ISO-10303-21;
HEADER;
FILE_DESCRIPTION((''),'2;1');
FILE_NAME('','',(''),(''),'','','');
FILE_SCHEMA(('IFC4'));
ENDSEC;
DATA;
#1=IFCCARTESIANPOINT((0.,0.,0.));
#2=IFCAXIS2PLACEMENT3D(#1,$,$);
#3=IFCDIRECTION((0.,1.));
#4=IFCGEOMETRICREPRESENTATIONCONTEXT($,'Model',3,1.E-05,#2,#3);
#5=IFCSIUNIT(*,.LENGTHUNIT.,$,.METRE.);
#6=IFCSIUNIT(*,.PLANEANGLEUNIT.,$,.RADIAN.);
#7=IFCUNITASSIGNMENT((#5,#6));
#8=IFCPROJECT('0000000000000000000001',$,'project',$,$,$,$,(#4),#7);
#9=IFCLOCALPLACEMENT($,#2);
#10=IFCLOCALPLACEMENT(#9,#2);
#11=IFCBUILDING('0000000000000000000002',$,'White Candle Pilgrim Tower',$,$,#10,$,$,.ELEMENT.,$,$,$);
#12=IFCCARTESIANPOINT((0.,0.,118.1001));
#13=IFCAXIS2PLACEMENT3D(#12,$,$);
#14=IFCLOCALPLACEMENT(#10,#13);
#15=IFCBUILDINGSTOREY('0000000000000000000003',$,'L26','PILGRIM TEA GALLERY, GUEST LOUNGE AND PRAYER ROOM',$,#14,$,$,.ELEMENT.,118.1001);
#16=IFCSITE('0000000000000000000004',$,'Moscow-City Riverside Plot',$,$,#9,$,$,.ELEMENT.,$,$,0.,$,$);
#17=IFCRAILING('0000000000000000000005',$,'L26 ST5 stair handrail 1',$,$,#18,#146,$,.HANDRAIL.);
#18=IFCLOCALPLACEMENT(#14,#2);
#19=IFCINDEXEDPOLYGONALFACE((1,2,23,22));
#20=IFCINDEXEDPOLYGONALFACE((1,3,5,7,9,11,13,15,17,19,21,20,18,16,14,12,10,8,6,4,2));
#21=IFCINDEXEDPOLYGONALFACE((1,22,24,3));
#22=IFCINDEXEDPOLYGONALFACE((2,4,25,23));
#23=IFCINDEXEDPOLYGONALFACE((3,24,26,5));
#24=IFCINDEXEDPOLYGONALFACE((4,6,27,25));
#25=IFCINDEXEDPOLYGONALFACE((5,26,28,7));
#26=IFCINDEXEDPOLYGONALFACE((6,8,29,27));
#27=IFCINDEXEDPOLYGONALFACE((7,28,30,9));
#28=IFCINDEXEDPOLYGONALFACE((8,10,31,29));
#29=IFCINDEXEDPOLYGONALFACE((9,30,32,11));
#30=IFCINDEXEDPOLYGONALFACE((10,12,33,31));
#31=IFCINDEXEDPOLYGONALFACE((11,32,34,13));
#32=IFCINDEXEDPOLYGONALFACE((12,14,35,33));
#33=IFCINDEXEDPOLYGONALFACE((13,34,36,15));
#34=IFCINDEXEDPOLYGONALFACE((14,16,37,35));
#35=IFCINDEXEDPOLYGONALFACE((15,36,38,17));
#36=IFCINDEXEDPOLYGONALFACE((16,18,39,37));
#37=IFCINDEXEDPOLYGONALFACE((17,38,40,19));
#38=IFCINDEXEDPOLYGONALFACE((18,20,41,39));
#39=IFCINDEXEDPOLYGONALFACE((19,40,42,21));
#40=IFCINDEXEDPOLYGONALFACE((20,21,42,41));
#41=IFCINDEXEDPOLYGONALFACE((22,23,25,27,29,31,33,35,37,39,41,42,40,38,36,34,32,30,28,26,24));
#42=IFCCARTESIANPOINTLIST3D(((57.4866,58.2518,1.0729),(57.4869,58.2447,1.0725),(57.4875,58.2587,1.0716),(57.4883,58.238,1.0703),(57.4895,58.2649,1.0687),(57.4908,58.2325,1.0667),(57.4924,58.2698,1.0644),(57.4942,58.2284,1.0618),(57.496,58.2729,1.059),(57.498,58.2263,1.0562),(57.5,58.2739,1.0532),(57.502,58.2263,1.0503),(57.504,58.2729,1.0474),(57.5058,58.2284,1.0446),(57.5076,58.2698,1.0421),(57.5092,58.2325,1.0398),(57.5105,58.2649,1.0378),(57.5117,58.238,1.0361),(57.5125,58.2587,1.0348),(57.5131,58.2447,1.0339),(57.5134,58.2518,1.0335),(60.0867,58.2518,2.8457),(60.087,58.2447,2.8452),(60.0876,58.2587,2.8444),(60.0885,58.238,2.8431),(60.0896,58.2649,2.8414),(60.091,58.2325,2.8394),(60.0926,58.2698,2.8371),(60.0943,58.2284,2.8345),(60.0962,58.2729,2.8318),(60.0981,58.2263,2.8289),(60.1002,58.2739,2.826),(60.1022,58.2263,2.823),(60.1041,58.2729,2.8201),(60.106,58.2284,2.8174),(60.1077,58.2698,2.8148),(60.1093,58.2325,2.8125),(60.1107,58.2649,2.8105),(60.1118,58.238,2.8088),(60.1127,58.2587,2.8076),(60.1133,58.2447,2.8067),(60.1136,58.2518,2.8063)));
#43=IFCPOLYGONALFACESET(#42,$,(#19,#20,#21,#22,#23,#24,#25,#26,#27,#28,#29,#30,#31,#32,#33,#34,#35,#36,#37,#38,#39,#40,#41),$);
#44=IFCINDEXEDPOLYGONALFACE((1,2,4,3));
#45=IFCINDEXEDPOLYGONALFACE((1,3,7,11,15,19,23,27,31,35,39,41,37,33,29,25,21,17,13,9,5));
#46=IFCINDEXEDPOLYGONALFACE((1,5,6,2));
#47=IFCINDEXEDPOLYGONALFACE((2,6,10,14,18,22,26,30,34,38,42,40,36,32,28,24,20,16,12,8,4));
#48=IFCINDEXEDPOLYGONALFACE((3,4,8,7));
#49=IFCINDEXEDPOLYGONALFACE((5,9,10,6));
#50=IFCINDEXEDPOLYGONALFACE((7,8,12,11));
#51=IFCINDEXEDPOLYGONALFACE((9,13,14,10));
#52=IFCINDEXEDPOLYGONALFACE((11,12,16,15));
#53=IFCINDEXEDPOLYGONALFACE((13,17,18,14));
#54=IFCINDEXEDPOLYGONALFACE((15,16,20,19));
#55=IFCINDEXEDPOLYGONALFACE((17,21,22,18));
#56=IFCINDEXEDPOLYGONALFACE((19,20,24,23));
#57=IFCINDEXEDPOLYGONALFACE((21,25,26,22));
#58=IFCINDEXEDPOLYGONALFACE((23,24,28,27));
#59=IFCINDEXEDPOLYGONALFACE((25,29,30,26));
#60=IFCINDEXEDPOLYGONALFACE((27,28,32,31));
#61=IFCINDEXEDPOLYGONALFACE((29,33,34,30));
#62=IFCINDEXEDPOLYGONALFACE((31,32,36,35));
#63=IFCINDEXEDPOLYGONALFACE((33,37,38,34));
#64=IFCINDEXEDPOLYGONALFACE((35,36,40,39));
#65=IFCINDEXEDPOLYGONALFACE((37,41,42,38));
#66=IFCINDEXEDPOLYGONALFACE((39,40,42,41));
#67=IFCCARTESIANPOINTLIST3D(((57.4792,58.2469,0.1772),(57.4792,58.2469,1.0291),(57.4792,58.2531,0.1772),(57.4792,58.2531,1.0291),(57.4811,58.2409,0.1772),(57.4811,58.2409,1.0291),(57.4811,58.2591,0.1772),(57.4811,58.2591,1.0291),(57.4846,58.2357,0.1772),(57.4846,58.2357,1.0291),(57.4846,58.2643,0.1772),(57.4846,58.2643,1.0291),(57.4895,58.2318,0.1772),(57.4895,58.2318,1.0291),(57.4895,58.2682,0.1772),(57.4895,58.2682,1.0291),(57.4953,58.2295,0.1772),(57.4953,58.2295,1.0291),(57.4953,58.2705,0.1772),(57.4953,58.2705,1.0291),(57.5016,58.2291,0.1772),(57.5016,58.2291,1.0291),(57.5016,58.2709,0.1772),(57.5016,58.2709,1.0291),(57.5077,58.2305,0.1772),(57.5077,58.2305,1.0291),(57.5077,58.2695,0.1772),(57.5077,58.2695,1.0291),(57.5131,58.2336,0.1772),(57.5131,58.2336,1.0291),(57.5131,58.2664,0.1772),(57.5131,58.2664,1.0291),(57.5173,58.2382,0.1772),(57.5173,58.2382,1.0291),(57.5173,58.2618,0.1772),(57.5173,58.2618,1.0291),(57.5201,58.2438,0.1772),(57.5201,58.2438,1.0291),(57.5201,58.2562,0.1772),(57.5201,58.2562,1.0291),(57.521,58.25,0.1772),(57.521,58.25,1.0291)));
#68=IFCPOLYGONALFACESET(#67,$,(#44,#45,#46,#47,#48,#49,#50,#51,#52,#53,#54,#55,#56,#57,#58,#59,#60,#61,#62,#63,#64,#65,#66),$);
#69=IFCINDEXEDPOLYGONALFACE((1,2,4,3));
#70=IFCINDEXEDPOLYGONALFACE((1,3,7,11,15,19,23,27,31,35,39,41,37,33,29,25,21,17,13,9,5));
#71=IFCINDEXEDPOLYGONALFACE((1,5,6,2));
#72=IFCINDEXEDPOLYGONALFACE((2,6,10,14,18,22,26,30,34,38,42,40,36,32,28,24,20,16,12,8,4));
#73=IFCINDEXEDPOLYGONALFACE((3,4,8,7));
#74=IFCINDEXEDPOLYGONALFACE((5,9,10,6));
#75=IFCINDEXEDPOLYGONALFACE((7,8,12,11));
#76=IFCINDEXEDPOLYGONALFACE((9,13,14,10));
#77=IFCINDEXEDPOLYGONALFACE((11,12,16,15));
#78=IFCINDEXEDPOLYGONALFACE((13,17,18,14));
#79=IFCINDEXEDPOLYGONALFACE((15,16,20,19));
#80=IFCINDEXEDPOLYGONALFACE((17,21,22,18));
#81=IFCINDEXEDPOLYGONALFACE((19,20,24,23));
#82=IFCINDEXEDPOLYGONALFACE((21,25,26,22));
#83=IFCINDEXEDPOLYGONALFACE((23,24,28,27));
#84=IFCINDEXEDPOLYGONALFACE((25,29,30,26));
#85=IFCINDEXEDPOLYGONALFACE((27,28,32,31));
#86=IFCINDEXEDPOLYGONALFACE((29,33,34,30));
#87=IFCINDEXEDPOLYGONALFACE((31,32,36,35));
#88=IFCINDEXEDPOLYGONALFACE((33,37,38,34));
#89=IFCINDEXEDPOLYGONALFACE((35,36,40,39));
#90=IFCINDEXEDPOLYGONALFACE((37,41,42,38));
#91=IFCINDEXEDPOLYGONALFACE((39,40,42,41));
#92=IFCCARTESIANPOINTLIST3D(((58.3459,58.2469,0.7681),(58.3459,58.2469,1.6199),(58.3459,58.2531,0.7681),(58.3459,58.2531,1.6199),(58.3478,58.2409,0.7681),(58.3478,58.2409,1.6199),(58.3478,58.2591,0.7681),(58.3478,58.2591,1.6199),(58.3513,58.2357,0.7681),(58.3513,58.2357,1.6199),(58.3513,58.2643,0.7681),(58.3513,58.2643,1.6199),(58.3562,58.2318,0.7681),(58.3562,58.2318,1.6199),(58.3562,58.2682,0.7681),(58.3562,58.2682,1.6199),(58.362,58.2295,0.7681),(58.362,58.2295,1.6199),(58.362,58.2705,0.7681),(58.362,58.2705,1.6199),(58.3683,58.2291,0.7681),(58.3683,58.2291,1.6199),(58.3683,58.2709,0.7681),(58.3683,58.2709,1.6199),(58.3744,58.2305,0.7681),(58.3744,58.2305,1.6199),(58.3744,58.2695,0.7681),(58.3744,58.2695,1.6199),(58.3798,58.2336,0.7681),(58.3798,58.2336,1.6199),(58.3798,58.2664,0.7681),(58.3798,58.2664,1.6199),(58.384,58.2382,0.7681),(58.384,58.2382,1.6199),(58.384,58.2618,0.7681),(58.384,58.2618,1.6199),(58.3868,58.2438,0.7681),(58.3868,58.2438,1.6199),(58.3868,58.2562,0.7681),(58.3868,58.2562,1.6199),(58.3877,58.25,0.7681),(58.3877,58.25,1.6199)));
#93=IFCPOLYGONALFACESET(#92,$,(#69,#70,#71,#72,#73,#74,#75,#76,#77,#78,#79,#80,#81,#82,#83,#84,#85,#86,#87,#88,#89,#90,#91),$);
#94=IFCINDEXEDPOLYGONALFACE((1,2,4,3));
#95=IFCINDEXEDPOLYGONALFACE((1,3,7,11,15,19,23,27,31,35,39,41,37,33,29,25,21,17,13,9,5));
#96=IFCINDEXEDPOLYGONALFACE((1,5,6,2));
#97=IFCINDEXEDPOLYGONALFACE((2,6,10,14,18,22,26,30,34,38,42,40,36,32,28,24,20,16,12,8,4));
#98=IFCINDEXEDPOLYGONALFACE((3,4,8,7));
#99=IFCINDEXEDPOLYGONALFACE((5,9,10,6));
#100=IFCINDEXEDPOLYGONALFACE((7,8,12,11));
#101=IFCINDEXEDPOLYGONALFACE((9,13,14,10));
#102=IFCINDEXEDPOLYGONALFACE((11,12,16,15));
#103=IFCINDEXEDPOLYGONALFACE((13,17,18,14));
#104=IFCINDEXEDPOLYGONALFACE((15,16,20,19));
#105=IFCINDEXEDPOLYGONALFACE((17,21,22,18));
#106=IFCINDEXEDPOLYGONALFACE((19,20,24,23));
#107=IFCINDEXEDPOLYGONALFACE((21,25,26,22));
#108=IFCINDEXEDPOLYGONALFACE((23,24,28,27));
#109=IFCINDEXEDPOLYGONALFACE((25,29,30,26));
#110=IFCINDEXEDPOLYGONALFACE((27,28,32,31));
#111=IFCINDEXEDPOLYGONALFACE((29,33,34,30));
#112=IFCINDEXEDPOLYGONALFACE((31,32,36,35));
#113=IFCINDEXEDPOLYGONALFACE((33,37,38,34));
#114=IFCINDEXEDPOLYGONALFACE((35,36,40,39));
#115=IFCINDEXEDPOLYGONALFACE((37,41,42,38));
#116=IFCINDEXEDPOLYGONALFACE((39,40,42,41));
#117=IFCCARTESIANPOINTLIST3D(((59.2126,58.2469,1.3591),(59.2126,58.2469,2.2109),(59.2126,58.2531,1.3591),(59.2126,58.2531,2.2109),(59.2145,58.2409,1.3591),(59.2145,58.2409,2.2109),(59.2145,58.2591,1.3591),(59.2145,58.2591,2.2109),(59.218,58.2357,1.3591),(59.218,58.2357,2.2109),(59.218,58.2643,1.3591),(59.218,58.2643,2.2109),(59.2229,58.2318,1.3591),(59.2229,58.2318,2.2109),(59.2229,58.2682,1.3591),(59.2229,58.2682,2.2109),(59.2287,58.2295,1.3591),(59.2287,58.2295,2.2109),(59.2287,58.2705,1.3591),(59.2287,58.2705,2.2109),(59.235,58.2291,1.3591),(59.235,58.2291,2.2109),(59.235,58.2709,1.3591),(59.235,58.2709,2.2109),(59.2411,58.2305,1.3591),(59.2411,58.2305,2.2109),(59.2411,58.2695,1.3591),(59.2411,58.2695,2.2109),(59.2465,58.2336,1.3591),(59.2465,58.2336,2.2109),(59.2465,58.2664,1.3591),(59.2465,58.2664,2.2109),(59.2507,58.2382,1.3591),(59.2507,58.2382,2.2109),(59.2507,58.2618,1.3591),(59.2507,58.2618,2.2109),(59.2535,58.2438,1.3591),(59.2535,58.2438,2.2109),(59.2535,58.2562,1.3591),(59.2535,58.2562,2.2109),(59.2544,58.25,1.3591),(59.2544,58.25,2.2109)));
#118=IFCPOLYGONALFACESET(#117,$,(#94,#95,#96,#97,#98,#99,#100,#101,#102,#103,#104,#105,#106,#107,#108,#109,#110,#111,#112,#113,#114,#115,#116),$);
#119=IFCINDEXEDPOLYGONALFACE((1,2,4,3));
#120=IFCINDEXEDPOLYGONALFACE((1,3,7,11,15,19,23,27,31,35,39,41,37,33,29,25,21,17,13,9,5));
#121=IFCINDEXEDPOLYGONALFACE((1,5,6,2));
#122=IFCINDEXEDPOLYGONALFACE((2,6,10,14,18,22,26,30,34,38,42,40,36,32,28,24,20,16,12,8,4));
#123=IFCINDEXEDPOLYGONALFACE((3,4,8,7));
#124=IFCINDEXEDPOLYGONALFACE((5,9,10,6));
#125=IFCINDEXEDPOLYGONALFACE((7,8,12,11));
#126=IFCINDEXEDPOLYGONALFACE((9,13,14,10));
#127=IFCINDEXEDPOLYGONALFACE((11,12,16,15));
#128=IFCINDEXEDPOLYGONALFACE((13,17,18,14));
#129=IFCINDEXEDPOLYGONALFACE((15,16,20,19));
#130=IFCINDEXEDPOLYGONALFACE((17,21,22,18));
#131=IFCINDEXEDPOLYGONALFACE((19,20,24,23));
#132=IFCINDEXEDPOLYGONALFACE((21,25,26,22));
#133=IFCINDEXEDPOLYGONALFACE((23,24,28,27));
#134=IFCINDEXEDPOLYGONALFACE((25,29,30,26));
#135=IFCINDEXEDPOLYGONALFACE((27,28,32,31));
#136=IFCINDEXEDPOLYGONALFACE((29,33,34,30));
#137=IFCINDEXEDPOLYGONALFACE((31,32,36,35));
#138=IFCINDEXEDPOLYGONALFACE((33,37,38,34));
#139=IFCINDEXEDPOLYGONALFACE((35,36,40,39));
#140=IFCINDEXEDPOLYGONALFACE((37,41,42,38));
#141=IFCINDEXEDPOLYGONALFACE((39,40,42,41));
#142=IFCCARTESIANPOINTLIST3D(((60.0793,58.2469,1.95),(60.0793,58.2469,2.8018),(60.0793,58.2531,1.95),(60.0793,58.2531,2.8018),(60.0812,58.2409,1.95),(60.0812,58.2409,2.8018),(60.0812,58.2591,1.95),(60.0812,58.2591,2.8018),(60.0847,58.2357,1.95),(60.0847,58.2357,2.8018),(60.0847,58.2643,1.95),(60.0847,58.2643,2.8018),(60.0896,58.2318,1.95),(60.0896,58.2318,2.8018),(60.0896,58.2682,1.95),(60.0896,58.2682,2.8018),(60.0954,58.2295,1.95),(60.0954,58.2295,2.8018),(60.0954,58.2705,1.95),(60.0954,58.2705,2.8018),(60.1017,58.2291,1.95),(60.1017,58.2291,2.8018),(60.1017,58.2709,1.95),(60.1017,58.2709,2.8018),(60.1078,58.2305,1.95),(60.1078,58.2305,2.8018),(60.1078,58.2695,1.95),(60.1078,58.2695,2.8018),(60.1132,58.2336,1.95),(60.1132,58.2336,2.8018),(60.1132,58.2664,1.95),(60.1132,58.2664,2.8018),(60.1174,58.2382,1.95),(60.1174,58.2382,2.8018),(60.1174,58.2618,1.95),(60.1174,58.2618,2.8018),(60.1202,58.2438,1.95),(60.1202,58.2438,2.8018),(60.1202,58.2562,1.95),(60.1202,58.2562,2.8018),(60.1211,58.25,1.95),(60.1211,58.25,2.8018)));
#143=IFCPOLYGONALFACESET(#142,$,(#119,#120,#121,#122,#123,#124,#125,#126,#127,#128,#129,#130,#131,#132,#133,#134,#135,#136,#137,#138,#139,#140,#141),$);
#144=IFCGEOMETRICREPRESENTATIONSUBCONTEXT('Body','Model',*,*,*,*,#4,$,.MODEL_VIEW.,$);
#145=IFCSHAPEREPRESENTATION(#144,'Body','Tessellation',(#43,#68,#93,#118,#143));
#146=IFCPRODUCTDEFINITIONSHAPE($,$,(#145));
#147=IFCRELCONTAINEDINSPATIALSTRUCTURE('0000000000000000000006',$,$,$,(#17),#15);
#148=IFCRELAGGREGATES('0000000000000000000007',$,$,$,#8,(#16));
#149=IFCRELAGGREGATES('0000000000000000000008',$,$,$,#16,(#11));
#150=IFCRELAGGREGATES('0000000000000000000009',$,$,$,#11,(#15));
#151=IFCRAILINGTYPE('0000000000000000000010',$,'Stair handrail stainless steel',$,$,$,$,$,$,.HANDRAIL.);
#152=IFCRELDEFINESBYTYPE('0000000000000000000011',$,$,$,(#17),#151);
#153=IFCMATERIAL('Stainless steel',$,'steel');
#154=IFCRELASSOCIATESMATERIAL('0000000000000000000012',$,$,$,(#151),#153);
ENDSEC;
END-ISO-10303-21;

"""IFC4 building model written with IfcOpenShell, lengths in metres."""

from ifc_helpers import new_model, si_unit, direction, frame, origin, origin_2d, place, context, subcontext, project, spatial, circle, extrude, material, type_object, element, save


model = new_model("IFC4")

# Units and contexts
model_context = context("Model", 3, precision=1e-05, world=origin(), true_north=direction((0.0, 1.0)))
body_context = subcontext(model_context, "Body", "Model", "MODEL_VIEW")
ifc_project = project(units=[si_unit("LENGTHUNIT", "METRE"), si_unit("PLANEANGLEUNIT", "RADIAN")], contexts=[model_context])

# Site, building, storey
site_placement = place(None, origin())
site = spatial("IfcSite", under=ifc_project, at=site_placement, Name="Moscow-City Riverside Plot", CompositionType="ELEMENT", RefElevation=0.0)
building_placement = place(site_placement, origin())
building = spatial("IfcBuilding", under=site, at=building_placement, Name="White Candle Pilgrim Tower", CompositionType="ELEMENT")
storey_placement = place(building_placement, frame((0.0, 0.0, 118.1001)))
storey = spatial("IfcBuildingStorey", under=building, at=storey_placement, Name="L26", Description="PILGRIM TEA GALLERY, GUEST LOUNGE AND PRAYER ROOM", CompositionType="ELEMENT", Elevation=118.1001)

# Railing
ifc_material_1 = material(Name="Stainless steel", Category="steel")
railing_type_1 = type_object("IfcRailingType", Name="Stair handrail stainless steel", PredefinedType="HANDRAIL", material=ifc_material_1)
railing_1_placement = place(storey_placement, frame((57.5, 58.25, 0.1772)))
element("IfcRailing", 1, at=railing_1_placement, inside=storey, type_object=railing_type_1, Name="L26 ST5 stair handrail 1", PredefinedType="HANDRAIL", context=body_context, shape_type="SweptSolid", body=[
    extrude(circle(Radius=0.0239, at=origin_2d()), frame((0.0, 0.0, 0.876), z_axis=(0.82624, 0.0, 0.563318), x_axis=(0.0, 1.0, 0.0)), (0.0, 0.0, 1.0), 3.147),
    extrude(circle(Radius=0.021, at=origin_2d()), origin(), (0.0, 0.0, 1.0), 0.8518),
    extrude(circle(Radius=0.021, at=origin_2d()), frame((0.8667, 0.0, 0.5908)), (0.0, 0.0, 1.0), 0.8518),
    extrude(circle(Radius=0.021, at=origin_2d()), frame((1.7334, 0.0, 1.1819)), (0.0, 0.0, 1.0), 0.8518),
    extrude(circle(Radius=0.021, at=origin_2d()), frame((2.6001, 0.0, 1.7727)), (0.0, 0.0, 1.0), 0.8518),
])

save(model, "model.ifc")
